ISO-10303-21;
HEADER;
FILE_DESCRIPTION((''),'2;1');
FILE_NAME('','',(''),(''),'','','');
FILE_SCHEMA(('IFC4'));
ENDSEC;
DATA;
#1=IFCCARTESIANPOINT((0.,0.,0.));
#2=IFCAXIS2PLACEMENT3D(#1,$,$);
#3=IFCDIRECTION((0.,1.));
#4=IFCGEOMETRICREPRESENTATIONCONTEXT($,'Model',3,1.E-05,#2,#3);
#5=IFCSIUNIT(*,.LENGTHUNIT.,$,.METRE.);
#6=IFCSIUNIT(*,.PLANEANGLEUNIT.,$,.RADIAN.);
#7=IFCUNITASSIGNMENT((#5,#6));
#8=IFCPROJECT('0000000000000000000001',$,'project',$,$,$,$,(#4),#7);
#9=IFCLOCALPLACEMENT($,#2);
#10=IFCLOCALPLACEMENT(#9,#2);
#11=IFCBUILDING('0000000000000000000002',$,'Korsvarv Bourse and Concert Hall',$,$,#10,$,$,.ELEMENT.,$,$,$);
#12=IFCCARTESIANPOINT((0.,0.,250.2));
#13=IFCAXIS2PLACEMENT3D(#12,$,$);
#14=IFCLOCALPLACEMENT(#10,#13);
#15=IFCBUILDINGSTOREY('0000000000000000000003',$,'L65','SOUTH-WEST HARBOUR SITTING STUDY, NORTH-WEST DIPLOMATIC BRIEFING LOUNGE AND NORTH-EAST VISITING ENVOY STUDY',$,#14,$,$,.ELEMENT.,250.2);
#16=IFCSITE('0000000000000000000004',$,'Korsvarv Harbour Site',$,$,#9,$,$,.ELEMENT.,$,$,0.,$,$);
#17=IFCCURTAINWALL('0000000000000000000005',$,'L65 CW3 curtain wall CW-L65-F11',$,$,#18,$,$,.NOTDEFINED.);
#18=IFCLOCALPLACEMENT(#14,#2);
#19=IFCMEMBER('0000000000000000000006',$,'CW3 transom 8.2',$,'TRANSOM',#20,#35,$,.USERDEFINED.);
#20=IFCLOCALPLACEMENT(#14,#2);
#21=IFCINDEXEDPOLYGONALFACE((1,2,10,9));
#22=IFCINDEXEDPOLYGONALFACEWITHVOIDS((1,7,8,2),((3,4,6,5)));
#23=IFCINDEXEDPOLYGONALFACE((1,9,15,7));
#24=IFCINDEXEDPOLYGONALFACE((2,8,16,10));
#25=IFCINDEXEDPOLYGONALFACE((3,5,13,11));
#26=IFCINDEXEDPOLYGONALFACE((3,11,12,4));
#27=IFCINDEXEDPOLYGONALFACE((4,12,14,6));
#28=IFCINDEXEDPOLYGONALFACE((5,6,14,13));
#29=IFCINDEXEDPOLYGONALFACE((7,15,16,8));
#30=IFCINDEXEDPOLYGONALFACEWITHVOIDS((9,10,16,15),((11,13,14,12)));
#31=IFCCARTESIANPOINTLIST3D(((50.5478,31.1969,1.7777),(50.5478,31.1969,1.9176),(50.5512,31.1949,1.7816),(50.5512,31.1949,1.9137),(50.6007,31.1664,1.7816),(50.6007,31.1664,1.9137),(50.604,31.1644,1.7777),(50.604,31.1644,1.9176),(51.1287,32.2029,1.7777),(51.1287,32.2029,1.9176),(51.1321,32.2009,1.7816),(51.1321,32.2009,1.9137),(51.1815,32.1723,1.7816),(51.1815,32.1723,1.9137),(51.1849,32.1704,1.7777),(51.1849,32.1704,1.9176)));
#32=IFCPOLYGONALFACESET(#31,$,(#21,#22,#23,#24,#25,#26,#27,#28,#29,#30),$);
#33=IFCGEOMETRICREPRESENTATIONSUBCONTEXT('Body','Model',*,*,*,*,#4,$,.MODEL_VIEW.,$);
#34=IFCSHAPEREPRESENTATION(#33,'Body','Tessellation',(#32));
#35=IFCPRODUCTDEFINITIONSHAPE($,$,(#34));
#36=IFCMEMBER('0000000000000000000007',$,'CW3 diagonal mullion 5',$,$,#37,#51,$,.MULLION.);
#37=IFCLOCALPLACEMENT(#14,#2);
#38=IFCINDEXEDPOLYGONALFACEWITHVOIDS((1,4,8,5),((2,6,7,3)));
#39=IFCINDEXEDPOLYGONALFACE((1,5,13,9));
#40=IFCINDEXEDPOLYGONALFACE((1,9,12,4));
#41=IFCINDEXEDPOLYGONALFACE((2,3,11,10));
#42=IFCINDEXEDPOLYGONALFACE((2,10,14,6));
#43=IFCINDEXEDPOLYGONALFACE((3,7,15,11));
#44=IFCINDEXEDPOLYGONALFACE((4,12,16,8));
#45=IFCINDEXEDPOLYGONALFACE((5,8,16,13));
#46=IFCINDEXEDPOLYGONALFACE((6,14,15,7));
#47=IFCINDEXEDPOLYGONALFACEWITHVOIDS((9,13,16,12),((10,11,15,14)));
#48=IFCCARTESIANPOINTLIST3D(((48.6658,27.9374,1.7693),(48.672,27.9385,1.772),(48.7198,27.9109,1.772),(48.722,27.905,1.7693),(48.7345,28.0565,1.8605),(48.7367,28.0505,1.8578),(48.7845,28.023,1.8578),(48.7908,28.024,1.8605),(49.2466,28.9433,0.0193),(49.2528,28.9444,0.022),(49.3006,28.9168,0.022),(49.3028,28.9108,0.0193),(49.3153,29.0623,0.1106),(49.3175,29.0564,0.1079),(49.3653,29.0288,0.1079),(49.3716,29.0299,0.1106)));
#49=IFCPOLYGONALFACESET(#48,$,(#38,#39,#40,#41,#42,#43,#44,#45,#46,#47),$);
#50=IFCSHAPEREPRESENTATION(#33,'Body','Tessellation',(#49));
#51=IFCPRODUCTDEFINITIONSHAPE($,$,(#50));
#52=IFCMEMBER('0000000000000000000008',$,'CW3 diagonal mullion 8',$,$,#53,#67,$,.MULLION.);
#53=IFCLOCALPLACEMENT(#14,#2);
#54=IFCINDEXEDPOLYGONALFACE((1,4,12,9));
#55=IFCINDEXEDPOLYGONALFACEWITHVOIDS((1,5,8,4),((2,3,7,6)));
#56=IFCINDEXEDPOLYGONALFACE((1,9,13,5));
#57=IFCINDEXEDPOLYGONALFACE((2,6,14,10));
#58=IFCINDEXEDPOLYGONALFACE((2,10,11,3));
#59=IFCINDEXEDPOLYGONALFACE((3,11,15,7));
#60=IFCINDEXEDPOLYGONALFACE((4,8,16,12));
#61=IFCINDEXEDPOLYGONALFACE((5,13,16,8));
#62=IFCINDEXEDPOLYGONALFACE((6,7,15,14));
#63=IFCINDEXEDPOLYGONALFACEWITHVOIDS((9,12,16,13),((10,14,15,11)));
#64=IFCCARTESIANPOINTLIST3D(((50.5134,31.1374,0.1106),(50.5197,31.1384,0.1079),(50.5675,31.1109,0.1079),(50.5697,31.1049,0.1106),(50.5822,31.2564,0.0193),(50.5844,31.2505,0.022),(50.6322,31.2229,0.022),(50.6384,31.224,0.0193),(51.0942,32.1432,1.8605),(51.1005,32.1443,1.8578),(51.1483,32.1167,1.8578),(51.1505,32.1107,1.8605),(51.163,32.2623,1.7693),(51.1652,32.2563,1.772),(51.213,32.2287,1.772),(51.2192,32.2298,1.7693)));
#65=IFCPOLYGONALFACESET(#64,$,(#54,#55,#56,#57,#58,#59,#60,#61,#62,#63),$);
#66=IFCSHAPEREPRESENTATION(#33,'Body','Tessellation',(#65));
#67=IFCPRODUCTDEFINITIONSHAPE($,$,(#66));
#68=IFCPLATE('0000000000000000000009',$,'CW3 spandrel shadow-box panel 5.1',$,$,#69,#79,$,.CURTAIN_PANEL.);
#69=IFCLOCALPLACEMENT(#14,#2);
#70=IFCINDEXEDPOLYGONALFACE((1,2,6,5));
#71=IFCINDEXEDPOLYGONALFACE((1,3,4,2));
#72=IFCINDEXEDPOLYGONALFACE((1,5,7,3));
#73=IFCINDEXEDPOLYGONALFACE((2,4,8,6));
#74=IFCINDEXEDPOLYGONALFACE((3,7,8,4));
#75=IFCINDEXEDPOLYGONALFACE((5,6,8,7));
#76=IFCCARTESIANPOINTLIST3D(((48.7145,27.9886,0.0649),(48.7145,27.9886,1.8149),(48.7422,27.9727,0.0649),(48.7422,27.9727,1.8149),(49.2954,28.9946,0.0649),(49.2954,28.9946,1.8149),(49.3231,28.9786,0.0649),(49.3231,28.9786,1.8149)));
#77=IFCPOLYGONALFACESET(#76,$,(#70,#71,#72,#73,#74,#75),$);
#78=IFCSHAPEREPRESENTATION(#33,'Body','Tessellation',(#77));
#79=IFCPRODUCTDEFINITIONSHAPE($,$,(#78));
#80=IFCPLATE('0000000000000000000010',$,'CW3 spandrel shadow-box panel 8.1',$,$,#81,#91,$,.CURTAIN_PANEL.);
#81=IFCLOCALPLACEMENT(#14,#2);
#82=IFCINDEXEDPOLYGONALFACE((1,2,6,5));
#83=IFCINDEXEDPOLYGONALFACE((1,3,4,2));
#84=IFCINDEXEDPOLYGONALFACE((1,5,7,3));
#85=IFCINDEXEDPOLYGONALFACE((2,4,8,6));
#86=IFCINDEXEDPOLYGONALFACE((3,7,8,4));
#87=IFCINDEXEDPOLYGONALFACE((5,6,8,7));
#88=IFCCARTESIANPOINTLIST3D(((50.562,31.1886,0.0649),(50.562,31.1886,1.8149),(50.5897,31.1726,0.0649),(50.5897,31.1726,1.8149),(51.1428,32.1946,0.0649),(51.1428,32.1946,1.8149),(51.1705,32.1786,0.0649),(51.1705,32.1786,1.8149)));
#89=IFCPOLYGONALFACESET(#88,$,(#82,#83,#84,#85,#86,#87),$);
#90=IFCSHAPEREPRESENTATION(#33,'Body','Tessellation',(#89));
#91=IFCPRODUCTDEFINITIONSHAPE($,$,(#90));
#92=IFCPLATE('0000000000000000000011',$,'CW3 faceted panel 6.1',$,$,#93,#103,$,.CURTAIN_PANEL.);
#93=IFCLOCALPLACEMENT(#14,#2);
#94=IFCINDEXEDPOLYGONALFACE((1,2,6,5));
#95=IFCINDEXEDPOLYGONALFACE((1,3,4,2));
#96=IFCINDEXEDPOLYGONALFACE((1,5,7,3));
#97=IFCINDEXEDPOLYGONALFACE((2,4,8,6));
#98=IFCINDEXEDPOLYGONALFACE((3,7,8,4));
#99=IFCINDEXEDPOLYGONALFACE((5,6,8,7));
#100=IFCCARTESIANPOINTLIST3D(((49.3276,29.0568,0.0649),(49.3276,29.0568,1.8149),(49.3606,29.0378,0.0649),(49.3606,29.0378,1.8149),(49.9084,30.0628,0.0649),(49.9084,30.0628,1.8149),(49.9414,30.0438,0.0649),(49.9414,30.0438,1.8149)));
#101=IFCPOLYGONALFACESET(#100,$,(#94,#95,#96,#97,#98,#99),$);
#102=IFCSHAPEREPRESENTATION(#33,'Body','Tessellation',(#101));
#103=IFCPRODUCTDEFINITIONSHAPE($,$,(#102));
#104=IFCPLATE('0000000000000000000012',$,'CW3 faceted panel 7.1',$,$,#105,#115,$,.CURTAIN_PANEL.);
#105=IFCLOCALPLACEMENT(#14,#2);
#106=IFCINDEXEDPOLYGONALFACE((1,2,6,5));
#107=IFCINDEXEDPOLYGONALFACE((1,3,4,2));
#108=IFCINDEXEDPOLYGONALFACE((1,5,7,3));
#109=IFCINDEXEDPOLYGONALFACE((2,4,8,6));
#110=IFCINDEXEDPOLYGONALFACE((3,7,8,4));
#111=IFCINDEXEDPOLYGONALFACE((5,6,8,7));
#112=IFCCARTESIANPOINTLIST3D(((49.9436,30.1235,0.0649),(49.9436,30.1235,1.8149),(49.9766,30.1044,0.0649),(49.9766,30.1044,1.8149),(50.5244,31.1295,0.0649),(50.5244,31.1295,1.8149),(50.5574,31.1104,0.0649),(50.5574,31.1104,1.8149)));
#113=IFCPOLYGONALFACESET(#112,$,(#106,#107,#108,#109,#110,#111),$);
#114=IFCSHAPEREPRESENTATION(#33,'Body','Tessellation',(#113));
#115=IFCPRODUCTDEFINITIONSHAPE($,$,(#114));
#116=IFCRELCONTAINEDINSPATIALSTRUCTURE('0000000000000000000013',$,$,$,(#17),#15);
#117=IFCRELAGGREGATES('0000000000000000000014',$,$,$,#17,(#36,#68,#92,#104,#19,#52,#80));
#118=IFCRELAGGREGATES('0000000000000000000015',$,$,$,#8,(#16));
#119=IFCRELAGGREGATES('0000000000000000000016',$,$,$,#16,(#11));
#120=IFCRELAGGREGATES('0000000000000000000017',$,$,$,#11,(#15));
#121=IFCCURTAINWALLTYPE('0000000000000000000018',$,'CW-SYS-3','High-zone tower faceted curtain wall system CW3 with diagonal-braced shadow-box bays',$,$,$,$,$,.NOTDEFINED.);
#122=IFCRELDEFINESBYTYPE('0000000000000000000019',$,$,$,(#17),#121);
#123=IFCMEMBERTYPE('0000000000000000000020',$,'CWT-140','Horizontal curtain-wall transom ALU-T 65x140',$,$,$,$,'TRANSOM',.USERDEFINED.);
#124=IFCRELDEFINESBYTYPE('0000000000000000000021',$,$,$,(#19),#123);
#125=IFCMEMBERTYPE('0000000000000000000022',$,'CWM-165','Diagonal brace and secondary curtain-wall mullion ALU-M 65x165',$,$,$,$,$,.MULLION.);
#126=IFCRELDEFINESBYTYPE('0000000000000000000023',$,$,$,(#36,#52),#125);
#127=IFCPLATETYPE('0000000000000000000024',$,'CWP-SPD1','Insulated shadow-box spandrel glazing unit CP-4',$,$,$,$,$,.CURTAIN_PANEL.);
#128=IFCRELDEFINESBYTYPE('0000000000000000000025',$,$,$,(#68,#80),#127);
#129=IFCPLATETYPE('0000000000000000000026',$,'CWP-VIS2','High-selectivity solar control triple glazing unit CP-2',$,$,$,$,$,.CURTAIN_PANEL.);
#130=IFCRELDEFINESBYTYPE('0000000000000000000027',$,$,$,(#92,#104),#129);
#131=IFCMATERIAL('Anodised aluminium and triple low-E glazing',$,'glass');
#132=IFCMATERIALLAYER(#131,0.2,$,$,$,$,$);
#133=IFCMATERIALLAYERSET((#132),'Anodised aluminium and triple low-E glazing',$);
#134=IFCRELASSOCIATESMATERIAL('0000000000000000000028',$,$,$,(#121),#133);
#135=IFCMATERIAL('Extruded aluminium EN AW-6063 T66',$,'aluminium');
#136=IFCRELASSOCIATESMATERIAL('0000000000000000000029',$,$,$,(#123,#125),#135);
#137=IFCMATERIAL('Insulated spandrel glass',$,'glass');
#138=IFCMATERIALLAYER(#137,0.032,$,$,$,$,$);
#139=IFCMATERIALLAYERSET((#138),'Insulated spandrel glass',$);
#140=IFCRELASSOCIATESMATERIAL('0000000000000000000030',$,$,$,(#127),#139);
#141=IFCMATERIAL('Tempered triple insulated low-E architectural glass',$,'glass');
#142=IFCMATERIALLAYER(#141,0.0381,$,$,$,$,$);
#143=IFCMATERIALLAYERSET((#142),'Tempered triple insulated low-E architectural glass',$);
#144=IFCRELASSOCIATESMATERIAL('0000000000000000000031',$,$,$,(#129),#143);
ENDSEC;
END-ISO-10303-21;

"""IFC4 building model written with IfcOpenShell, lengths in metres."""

from ifc_helpers import new_model, si_unit, direction, frame, origin, origin_2d, place, context, subcontext, project, spatial, rectangle, hollow_rectangle, extrude, source, transform, mapped, material, layer, layer_set, material_profile, profile_set, type_object, element, aggregate, save


model = new_model("IFC4")

# Units and contexts
model_context = context("Model", 3, precision=1e-05, world=origin(), true_north=direction((0.0, 1.0)))
body_context = subcontext(model_context, "Body", "Model", "MODEL_VIEW")
ifc_project = project(units=[si_unit("LENGTHUNIT", "METRE"), si_unit("PLANEANGLEUNIT", "RADIAN")], contexts=[model_context])

# Site, building, storey
site_placement = place(None, origin())
site = spatial("IfcSite", under=ifc_project, at=site_placement, Name="Korsvarv Harbour Site", CompositionType="ELEMENT", RefElevation=0.0)
building_placement = place(site_placement, origin())
building = spatial("IfcBuilding", under=site, at=building_placement, Name="Korsvarv Bourse and Concert Hall", CompositionType="ELEMENT")
storey_placement = place(building_placement, frame((0.0, 0.0, 250.2)))
storey = spatial("IfcBuildingStorey", under=building, at=storey_placement, Name="L65", Description="SOUTH-WEST HARBOUR SITTING STUDY, NORTH-WEST DIPLOMATIC BRIEFING LOUNGE AND NORTH-EAST VISITING ENVOY STUDY", CompositionType="ELEMENT", Elevation=250.2)

# Curtain wall, members, plates
ifc_material_1 = material(Name="Anodised aluminium and triple low-E glazing", Category="glass")
ifc_layer_1 = layer(ifc_material_1, 0.2)
ifc_layer_set_1 = layer_set([ifc_layer_1], Name="Anodised aluminium and triple low-E glazing")
curtain_wall_type = type_object("IfcCurtainWallType", Name="CW-SYS-3", Description="High-zone tower faceted curtain wall system CW3 with diagonal-braced shadow-box bays", PredefinedType="NOTDEFINED", material=ifc_layer_set_1)
curtain_wall_placement = place(storey_placement, origin())
curtain_wall = element("IfcCurtainWall", 1, at=curtain_wall_placement, inside=storey, type_object=curtain_wall_type, Name="L65 CW3 curtain wall CW-L65-F11", PredefinedType="NOTDEFINED")
ifc_material_2 = material(Name="Extruded aluminium EN AW-6063 T66", Category="aluminium")
ifc_material_profile_1 = material_profile(ifc_material_2, hollow_rectangle(XDim=0.0649, YDim=0.1399, WallThickness=0.0039, at=origin_2d()), Name="ALU-T 65x140")
ifc_profile_set_1 = profile_set([ifc_material_profile_1], Name="Extruded aluminium EN AW-6063 T66")
member_type_1 = type_object("IfcMemberType", Name="CWT-140", Description="Horizontal curtain-wall transom ALU-T 65x140", ElementType="TRANSOM", PredefinedType="USERDEFINED", material=ifc_profile_set_1)
shared_shape_1 = source(origin(), body_context, "Body", "SweptSolid", [
    extrude(hollow_rectangle(XDim=0.0649, YDim=0.1399, WallThickness=0.0039, at=origin_2d()), origin(), (0.0, 0.0, 1.0), 1.1616),
])
member_1_placement = place(storey_placement, frame((50.5759, 31.1807, 1.8477), z_axis=(0.50005, 0.865997, 0.0), x_axis=(-0.865997, 0.50005, 0.0)))
member_1 = element("IfcMember", 2, at=member_1_placement, type_object=member_type_1, Name="CW3 transom 8.2", ObjectType="TRANSOM", PredefinedType="USERDEFINED", context=body_context, shape_type="MappedRepresentation", body=[
    mapped(shared_shape_1, transform((0.0, 0.0, 0.0), scale=1.0)),
])
ifc_material_profile_2 = material_profile(ifc_material_2, hollow_rectangle(XDim=0.0649, YDim=0.165, WallThickness=0.0049, at=origin_2d()), Name="ALU-M 65x165")
ifc_profile_set_2 = profile_set([ifc_material_profile_2], Name="Extruded aluminium EN AW-6063 T66")
member_type_2 = type_object("IfcMemberType", Name="CWM-165", Description="Diagonal brace and secondary curtain-wall mullion ALU-M 65x165", PredefinedType="MULLION", material=ifc_profile_set_2)
shared_shape_2 = source(origin(), body_context, "Body", "SweptSolid", [
    extrude(hollow_rectangle(XDim=0.0649, YDim=0.165, WallThickness=0.0049, at=origin_2d()), origin(), (0.0, 0.0, 1.0), 2.1003),
])
member_2_placement = place(storey_placement, frame((49.3091, 28.9866, 0.0649), z_axis=(-0.276526, -0.478894, 0.833183), x_axis=(0.865997, -0.50005, 0.0)))
member_2 = element("IfcMember", 3, at=member_2_placement, type_object=member_type_2, Name="CW3 diagonal mullion 5", PredefinedType="MULLION", context=body_context, shape_type="MappedRepresentation", body=[
    mapped(shared_shape_2, transform((0.0, 0.0, 0.0), scale=1.0)),
])
member_3_placement = place(storey_placement, frame((50.5759, 31.1807, 0.0649), z_axis=(0.276526, 0.478894, 0.833183), x_axis=(-0.865997, 0.50005, 0.0)))
member_3 = element("IfcMember", 4, at=member_3_placement, type_object=member_type_2, Name="CW3 diagonal mullion 8", PredefinedType="MULLION", context=body_context, shape_type="MappedRepresentation", body=[
    mapped(shared_shape_2, transform((0.0, 0.0, 0.0), scale=1.0)),
])
ifc_material_3 = material(Name="Insulated spandrel glass", Category="glass")
ifc_layer_2 = layer(ifc_material_3, 0.032)
ifc_layer_set_2 = layer_set([ifc_layer_2], Name="Insulated spandrel glass")
plate_type_1 = type_object("IfcPlateType", Name="CWP-SPD1", Description="Insulated shadow-box spandrel glazing unit CP-4", PredefinedType="CURTAIN_PANEL", material=ifc_layer_set_2)
shared_shape_3 = source(origin(), body_context, "Body", "SweptSolid", [
    extrude(rectangle(XDim=1.1616, YDim=0.032, at=origin_2d()), origin(), (0.0, 0.0, 1.0), 1.75),
])
plate_1_placement = place(storey_placement, frame((49.0188, 28.4836, 0.0649), z_axis=(0.0, 0.0, 1.0), x_axis=(0.500006, 0.866022, 0.0)))
plate_1 = element("IfcPlate", 5, at=plate_1_placement, type_object=plate_type_1, Name="CW3 spandrel shadow-box panel 5.1", PredefinedType="CURTAIN_PANEL", context=body_context, shape_type="MappedRepresentation", body=[
    mapped(shared_shape_3, transform((0.0, 0.0, 0.0), scale=1.0)),
])
plate_2_placement = place(storey_placement, frame((50.8662, 31.6836, 0.0649), z_axis=(0.0, 0.0, 1.0), x_axis=(0.500006, 0.866022, 0.0)))
plate_2 = element("IfcPlate", 6, at=plate_2_placement, type_object=plate_type_1, Name="CW3 spandrel shadow-box panel 8.1", PredefinedType="CURTAIN_PANEL", context=body_context, shape_type="MappedRepresentation", body=[
    mapped(shared_shape_3, transform((0.0, 0.0, 0.0), scale=1.0)),
])
ifc_material_4 = material(Name="Tempered triple insulated low-E architectural glass", Category="glass")
ifc_layer_3 = layer(ifc_material_4, 0.0381)
ifc_layer_set_3 = layer_set([ifc_layer_3], Name="Tempered triple insulated low-E architectural glass")
plate_type_2 = type_object("IfcPlateType", Name="CWP-VIS2", Description="High-selectivity solar control triple glazing unit CP-2", PredefinedType="CURTAIN_PANEL", material=ifc_layer_set_3)
shared_shape_4 = source(origin(), body_context, "Body", "SweptSolid", [
    extrude(rectangle(XDim=1.1616, YDim=0.0381, at=origin_2d()), origin(), (0.0, 0.0, 1.0), 1.75),
])
plate_3_placement = place(storey_placement, frame((49.6345, 29.5503, 0.0649), z_axis=(0.0, 0.0, 1.0), x_axis=(0.500006, 0.866022, 0.0)))
plate_3 = element("IfcPlate", 7, at=plate_3_placement, type_object=plate_type_2, Name="CW3 faceted panel 6.1", PredefinedType="CURTAIN_PANEL", context=body_context, shape_type="MappedRepresentation", body=[
    mapped(shared_shape_4, transform((0.0, 0.0, 0.0), scale=1.0)),
])
plate_4_placement = place(storey_placement, frame((50.2505, 30.6169, 0.0649), z_axis=(0.0, 0.0, 1.0), x_axis=(0.500006, 0.866022, 0.0)))
plate_4 = element("IfcPlate", 8, at=plate_4_placement, type_object=plate_type_2, Name="CW3 faceted panel 7.1", PredefinedType="CURTAIN_PANEL", context=body_context, shape_type="MappedRepresentation", body=[
    mapped(shared_shape_4, transform((0.0, 0.0, 0.0), scale=1.0)),
])
aggregate(curtain_wall, [member_2, plate_1, plate_3, plate_4, member_1, member_3, plate_2])

save(model, "model.ifc")
